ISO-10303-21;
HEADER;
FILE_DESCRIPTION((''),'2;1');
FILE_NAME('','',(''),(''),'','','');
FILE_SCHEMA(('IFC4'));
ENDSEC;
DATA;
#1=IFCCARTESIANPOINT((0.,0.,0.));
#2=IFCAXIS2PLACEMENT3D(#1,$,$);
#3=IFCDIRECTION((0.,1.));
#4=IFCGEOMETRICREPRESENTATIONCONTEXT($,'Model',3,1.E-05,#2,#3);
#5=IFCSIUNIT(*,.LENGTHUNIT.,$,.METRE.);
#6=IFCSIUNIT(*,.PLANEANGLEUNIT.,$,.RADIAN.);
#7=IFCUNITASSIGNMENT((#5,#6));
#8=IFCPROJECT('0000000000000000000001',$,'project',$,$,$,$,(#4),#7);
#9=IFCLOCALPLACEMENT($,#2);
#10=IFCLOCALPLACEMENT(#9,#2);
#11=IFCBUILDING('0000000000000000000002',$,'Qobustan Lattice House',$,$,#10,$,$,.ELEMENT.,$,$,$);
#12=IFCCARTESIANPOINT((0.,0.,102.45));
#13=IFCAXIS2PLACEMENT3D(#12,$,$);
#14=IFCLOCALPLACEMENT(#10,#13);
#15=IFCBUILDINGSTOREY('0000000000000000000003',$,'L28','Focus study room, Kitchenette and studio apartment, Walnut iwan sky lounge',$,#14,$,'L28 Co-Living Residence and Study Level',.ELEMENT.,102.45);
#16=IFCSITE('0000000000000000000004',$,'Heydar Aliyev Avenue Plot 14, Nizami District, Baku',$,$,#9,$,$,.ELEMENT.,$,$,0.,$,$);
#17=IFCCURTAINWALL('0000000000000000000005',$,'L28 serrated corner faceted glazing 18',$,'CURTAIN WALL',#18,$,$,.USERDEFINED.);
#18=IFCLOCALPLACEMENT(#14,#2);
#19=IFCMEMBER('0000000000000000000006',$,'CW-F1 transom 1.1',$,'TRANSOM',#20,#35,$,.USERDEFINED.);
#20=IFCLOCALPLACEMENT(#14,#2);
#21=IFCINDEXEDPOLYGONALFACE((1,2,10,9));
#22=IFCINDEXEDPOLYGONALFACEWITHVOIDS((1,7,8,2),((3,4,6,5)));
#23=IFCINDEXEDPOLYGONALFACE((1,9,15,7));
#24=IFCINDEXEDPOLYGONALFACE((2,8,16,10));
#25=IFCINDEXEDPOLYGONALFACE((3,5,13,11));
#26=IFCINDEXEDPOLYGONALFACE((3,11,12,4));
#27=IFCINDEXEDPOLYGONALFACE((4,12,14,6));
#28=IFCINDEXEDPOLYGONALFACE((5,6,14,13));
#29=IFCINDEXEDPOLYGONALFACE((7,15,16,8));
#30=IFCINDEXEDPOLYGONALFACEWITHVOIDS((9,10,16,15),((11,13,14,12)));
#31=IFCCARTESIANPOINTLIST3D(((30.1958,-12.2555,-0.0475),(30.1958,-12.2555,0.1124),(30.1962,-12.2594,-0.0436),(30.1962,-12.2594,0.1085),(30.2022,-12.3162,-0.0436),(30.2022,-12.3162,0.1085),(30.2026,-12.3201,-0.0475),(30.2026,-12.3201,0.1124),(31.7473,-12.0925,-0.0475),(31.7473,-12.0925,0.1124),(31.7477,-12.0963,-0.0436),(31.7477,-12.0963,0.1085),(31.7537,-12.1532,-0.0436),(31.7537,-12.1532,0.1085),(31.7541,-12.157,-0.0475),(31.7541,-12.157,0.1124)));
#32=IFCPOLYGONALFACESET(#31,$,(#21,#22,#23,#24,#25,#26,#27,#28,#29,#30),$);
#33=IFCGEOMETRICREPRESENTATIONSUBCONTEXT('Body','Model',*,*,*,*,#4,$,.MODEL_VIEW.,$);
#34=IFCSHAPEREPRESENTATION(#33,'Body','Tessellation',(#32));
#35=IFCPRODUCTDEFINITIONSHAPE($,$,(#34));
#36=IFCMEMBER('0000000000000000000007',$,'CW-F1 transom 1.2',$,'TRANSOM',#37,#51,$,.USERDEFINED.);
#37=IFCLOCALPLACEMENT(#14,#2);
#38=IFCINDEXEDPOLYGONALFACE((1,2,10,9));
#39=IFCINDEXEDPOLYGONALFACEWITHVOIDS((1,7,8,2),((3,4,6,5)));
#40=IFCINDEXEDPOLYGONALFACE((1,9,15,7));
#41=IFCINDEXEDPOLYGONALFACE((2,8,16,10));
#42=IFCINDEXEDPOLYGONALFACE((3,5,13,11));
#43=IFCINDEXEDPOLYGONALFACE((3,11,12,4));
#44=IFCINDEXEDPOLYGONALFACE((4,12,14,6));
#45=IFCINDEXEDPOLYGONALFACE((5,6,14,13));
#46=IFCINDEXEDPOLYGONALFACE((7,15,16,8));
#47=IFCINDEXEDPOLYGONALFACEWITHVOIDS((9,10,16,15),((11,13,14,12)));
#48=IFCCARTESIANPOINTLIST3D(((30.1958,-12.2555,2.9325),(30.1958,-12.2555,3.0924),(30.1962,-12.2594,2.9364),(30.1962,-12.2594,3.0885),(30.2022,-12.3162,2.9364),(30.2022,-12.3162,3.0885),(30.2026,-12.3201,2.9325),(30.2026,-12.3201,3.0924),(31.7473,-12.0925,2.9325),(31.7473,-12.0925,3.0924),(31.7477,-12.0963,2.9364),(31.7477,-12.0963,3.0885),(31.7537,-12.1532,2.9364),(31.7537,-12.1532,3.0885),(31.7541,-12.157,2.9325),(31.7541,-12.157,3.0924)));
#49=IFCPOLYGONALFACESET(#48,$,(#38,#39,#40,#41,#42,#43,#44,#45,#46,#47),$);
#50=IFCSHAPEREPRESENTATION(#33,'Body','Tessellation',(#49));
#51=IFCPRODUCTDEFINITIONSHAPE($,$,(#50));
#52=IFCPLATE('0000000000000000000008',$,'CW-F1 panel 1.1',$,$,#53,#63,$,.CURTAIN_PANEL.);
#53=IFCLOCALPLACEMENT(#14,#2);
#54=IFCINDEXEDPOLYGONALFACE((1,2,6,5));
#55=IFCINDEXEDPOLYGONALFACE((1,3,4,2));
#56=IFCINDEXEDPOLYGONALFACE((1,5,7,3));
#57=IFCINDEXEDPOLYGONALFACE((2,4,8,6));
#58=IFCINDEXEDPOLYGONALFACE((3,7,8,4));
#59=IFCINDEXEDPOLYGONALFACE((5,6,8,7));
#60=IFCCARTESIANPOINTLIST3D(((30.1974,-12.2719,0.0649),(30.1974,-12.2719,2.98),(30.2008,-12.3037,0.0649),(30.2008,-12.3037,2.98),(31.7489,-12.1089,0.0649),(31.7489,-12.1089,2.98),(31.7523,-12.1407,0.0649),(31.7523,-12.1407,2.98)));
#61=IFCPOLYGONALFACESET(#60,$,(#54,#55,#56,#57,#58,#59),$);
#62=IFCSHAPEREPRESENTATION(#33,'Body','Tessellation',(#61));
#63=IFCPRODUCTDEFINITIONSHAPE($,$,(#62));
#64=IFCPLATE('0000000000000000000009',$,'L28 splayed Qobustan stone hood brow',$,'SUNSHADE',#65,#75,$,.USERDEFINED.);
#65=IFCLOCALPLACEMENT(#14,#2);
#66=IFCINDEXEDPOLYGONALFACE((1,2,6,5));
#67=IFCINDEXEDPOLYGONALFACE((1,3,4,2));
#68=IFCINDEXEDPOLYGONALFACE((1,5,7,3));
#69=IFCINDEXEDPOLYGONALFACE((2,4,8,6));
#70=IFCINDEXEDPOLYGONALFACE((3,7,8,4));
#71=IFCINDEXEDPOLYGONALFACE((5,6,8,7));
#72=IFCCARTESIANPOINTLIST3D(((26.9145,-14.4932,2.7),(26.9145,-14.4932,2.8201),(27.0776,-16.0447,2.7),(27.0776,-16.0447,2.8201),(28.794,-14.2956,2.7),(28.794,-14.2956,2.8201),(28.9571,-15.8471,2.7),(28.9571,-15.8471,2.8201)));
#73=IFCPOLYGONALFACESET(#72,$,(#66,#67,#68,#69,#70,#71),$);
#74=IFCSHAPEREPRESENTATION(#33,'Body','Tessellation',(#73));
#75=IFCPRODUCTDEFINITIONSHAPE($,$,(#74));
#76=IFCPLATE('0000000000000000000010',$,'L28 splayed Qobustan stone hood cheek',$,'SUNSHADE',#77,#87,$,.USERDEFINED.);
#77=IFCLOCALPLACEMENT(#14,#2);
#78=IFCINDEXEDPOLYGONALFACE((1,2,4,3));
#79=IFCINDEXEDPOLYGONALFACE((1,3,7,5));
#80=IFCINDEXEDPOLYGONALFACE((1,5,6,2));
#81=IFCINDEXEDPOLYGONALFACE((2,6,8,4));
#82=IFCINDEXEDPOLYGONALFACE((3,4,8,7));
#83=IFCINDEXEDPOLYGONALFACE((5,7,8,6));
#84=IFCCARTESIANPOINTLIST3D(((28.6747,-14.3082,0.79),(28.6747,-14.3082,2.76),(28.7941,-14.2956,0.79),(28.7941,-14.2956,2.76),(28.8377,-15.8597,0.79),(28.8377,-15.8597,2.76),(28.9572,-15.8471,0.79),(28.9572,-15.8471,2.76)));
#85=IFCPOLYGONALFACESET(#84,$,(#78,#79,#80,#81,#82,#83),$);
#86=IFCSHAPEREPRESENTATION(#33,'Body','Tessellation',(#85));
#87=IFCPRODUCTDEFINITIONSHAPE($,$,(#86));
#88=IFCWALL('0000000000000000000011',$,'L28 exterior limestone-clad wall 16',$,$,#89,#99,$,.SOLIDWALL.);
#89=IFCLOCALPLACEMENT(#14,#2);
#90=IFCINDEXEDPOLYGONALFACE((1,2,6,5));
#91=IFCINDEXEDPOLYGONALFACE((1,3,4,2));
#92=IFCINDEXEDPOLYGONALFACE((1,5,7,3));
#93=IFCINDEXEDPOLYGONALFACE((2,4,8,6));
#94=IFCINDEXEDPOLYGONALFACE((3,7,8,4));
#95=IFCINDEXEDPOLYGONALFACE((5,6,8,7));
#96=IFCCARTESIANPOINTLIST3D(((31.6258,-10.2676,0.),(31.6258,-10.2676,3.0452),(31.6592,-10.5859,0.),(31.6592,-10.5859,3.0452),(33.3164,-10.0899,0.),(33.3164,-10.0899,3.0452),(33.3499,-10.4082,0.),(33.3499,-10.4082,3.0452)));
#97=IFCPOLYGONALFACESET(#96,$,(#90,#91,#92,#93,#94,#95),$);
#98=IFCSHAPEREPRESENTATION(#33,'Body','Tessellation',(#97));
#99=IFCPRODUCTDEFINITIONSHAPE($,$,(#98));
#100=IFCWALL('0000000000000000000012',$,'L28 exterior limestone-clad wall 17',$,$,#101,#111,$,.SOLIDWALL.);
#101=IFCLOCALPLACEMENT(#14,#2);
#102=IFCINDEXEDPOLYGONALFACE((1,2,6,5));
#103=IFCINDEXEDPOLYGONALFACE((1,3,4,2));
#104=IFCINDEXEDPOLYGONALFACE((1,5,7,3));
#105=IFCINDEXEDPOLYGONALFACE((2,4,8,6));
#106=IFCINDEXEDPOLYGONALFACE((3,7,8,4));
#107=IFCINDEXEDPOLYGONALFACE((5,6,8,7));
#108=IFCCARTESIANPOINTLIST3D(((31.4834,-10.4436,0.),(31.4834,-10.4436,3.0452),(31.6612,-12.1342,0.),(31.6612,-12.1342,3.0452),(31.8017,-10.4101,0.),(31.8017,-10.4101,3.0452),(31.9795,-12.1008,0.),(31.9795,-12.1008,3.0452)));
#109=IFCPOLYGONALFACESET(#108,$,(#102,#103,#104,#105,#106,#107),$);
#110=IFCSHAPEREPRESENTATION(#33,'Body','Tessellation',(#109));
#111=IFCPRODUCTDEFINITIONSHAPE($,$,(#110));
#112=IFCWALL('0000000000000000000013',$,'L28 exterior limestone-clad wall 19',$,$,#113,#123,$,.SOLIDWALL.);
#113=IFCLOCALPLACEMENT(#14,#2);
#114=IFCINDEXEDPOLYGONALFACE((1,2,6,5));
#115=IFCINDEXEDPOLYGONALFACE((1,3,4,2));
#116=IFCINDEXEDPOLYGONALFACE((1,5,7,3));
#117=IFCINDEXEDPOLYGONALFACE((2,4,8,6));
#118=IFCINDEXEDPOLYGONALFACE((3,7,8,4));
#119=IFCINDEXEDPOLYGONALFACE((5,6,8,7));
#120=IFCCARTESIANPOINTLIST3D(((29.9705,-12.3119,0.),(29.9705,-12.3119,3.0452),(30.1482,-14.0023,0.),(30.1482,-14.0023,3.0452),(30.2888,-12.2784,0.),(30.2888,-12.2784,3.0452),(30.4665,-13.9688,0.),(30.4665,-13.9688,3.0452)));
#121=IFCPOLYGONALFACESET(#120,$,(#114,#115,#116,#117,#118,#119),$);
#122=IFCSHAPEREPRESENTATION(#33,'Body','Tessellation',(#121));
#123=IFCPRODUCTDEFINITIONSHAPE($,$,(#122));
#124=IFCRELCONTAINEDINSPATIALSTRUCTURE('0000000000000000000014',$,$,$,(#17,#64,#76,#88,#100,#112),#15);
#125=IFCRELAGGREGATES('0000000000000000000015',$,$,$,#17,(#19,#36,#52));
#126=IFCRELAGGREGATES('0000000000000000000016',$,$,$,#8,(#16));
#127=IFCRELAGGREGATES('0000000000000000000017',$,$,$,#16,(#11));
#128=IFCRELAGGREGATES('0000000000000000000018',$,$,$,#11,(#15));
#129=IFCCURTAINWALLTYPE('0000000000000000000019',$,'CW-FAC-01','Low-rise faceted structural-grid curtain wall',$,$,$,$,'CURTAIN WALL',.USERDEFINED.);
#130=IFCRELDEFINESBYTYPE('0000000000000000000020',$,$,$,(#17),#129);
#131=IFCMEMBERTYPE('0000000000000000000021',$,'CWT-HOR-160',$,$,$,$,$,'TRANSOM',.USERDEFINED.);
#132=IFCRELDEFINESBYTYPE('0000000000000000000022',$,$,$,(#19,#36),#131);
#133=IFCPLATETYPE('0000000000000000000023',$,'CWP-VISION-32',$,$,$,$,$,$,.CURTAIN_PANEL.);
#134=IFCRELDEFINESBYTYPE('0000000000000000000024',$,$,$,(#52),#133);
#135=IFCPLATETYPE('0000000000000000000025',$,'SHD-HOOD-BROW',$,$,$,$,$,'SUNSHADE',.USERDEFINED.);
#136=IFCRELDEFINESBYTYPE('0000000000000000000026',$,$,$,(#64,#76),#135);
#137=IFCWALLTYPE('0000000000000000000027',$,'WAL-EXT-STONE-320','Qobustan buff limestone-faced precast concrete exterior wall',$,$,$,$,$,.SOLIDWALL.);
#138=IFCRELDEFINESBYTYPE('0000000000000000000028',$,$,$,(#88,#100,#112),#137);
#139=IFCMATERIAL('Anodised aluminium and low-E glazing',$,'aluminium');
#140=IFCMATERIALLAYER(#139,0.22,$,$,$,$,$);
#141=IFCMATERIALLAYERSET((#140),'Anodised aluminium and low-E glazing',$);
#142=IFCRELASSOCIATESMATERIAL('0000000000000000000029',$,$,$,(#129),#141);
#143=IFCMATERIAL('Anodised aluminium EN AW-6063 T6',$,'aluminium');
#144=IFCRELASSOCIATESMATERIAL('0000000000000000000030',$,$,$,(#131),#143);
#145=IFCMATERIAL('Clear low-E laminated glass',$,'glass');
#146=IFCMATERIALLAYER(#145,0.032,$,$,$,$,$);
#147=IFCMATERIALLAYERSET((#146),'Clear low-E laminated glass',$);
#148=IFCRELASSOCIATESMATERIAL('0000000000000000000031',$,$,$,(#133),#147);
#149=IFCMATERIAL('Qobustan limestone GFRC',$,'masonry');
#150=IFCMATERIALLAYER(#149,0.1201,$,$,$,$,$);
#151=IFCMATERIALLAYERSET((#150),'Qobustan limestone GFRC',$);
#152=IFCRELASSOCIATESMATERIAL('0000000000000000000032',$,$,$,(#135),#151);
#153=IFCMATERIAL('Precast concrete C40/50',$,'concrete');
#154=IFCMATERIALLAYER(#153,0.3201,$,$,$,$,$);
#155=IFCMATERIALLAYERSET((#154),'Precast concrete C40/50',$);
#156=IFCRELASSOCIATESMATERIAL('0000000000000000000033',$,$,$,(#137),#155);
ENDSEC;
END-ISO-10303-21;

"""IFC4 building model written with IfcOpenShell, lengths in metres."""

from ifc_helpers import new_model, si_unit, direction, frame, frame_2d, origin, origin_2d, place, context, subcontext, project, spatial, rectangle, hollow_rectangle, extrude, material, layer, layer_set, material_profile, profile_set, type_object, element, aggregate, save


model = new_model("IFC4")

# Units and contexts
model_context = context("Model", 3, precision=1e-05, world=origin(), true_north=direction((0.0, 1.0)))
body_context = subcontext(model_context, "Body", "Model", "MODEL_VIEW")
ifc_project = project(units=[si_unit("LENGTHUNIT", "METRE"), si_unit("PLANEANGLEUNIT", "RADIAN")], contexts=[model_context])

# Site, building, storey
site_placement = place(None, origin())
site = spatial("IfcSite", under=ifc_project, at=site_placement, Name="Heydar Aliyev Avenue Plot 14, Nizami District, Baku", CompositionType="ELEMENT", RefElevation=0.0)
building_placement = place(site_placement, origin())
building = spatial("IfcBuilding", under=site, at=building_placement, Name="Qobustan Lattice House", CompositionType="ELEMENT")
storey_placement = place(building_placement, frame((0.0, 0.0, 102.45)))
storey = spatial("IfcBuildingStorey", under=building, at=storey_placement, Name="L28", Description="Focus study room, Kitchenette and studio apartment, Walnut iwan sky lounge", LongName="L28 Co-Living Residence and Study Level", CompositionType="ELEMENT", Elevation=102.45)

# Curtain wall, members, plate
ifc_material_1 = material(Name="Anodised aluminium and low-E glazing", Category="aluminium")
ifc_layer_1 = layer(ifc_material_1, 0.22)
ifc_layer_set_1 = layer_set([ifc_layer_1], Name="Anodised aluminium and low-E glazing")
curtain_wall_type = type_object("IfcCurtainWallType", Name="CW-FAC-01", Description="Low-rise faceted structural-grid curtain wall", ElementType="CURTAIN WALL", PredefinedType="USERDEFINED", material=ifc_layer_set_1)
curtain_wall_placement = place(storey_placement, origin())
curtain_wall = element("IfcCurtainWall", 1, at=curtain_wall_placement, inside=storey, type_object=curtain_wall_type, Name="L28 serrated corner faceted glazing 18", ObjectType="CURTAIN WALL", PredefinedType="USERDEFINED")
ifc_material_2 = material(Name="Anodised aluminium EN AW-6063 T6", Category="aluminium")
ifc_material_profile_1 = material_profile(ifc_material_2, hollow_rectangle(XDim=0.0649, YDim=0.1599, WallThickness=0.0039, at=origin_2d()), Name="CWT-160x65")
ifc_profile_set_1 = profile_set([ifc_material_profile_1], Name="Anodised aluminium EN AW-6063 T6")
member_type_1 = type_object("IfcMemberType", Name="CWT-HOR-160", ElementType="TRANSOM", PredefinedType="USERDEFINED", material=ifc_profile_set_1)
member_1_placement = place(storey_placement, frame((31.7507, -12.1248, 0.0325), z_axis=(-0.994521, -0.104538, 0.0), x_axis=(0.104538, -0.994521, 0.0)))
member_1 = element("IfcMember", 2, at=member_1_placement, type_object=member_type_1, Name="CW-F1 transom 1.1", ObjectType="TRANSOM", PredefinedType="USERDEFINED", context=body_context, shape_type="SweptSolid", body=[
    extrude(hollow_rectangle(XDim=0.0649, YDim=0.1599, WallThickness=0.0039, at=origin_2d()), origin(), (0.0, 0.0, 1.0), 1.5601),
])
member_2_placement = place(storey_placement, frame((31.7507, -12.1248, 3.0125), z_axis=(-0.994521, -0.104538, 0.0), x_axis=(0.104538, -0.994521, 0.0)))
member_2 = element("IfcMember", 3, at=member_2_placement, type_object=member_type_1, Name="CW-F1 transom 1.2", ObjectType="TRANSOM", PredefinedType="USERDEFINED", context=body_context, shape_type="SweptSolid", body=[
    extrude(hollow_rectangle(XDim=0.0649, YDim=0.1599, WallThickness=0.0039, at=origin_2d()), origin(), (0.0, 0.0, 1.0), 1.5601),
])
ifc_material_3 = material(Name="Clear low-E laminated glass", Category="glass")
ifc_layer_2 = layer(ifc_material_3, 0.032)
ifc_layer_set_2 = layer_set([ifc_layer_2], Name="Clear low-E laminated glass")
plate_type_1 = type_object("IfcPlateType", Name="CWP-VISION-32", PredefinedType="CURTAIN_PANEL", material=ifc_layer_set_2)
plate_1_placement = place(storey_placement, frame((30.9749, -12.2063, 0.0649), z_axis=(0.0, 0.0, 1.0), x_axis=(-0.994522, -0.104529, 0.0)))
plate_1 = element("IfcPlate", 4, at=plate_1_placement, type_object=plate_type_1, Name="CW-F1 panel 1.1", PredefinedType="CURTAIN_PANEL", context=body_context, shape_type="SweptSolid", body=[
    extrude(rectangle(XDim=1.5601, YDim=0.032, at=origin_2d()), origin(), (0.0, 0.0, 1.0), 2.915),
])
aggregate(curtain_wall, [member_1, member_2, plate_1])

# Plates
ifc_material_4 = material(Name="Qobustan limestone GFRC", Category="masonry")
ifc_layer_3 = layer(ifc_material_4, 0.1201)
ifc_layer_set_3 = layer_set([ifc_layer_3], Name="Qobustan limestone GFRC")
plate_type_2 = type_object("IfcPlateType", Name="SHD-HOOD-BROW", ElementType="SUNSHADE", PredefinedType="USERDEFINED", material=ifc_layer_set_3)
plate_2_placement = place(storey_placement, frame((27.9358, -15.1702, 2.7), z_axis=(0.0, 0.0, 1.0), x_axis=(-0.994522, -0.104528, 0.0)))
element("IfcPlate", 5, at=plate_2_placement, inside=storey, type_object=plate_type_2, Name="L28 splayed Qobustan stone hood brow", ObjectType="SUNSHADE", PredefinedType="USERDEFINED", context=body_context, shape_type="SweptSolid", body=[
    extrude(rectangle(XDim=1.8899, YDim=1.5601, at=origin_2d()), origin(), (0.0, 0.0, 1.0), 0.1201),
])
plate_3_placement = place(storey_placement, frame((28.8159, -15.0776, 0.79), z_axis=(0.0, 0.0, 1.0), x_axis=(-0.994522, -0.104528, 0.0)))
element("IfcPlate", 6, at=plate_3_placement, inside=storey, type_object=plate_type_2, Name="L28 splayed Qobustan stone hood cheek", ObjectType="SUNSHADE", PredefinedType="USERDEFINED", context=body_context, shape_type="SweptSolid", body=[
    extrude(rectangle(XDim=0.1201, YDim=1.5601, at=origin_2d()), origin(), (0.0, 0.0, 1.0), 1.97),
])

# Walls
ifc_material_5 = material(Name="Precast concrete C40/50", Category="concrete")
ifc_layer_4 = layer(ifc_material_5, 0.3201)
ifc_layer_set_4 = layer_set([ifc_layer_4], Name="Precast concrete C40/50")
wall_type = type_object("IfcWallType", Name="WAL-EXT-STONE-320", Description="Qobustan buff limestone-faced precast concrete exterior wall", PredefinedType="SOLIDWALL", material=ifc_layer_set_4)
for number, where, z_axis, x_axis, name in (
    (7, (33.3333, -10.249, 0.0), (0.0, 0.0, 1.0), (-0.99452, -0.10455, 0.0), "L28 exterior limestone-clad wall 16"),
    (8, (31.6426, -10.4268, 0.0), (0.0, 0.0, 1.0), (0.10455, -0.99452, 0.0), "L28 exterior limestone-clad wall 17"),
):
    element("IfcWall", number, at=place(storey_placement, frame(where, z_axis=z_axis, x_axis=x_axis)), inside=storey, type_object=wall_type, Name=name, PredefinedType="SOLIDWALL", context=body_context, shape_type="SweptSolid", body=[
        extrude(rectangle(XDim=1.7, YDim=0.3201, at=frame_2d((0.8501, 0.0))), origin(), (0.0, 0.0, 1.0), 3.0452),
    ])
wall_1_placement = place(storey_placement, frame((30.1296, -12.2952, 0.0), z_axis=(0.0, 0.0, 1.0), x_axis=(0.104565, -0.994518, 0.0)))
element("IfcWall", 9, at=wall_1_placement, inside=storey, type_object=wall_type, Name="L28 exterior limestone-clad wall 19", PredefinedType="SOLIDWALL", context=body_context, shape_type="SweptSolid", body=[
    extrude(rectangle(XDim=1.6997, YDim=0.3201, at=frame_2d((0.8499, 0.0))), origin(), (0.0, 0.0, 1.0), 3.0452),
])

save(model, "model.ifc")
